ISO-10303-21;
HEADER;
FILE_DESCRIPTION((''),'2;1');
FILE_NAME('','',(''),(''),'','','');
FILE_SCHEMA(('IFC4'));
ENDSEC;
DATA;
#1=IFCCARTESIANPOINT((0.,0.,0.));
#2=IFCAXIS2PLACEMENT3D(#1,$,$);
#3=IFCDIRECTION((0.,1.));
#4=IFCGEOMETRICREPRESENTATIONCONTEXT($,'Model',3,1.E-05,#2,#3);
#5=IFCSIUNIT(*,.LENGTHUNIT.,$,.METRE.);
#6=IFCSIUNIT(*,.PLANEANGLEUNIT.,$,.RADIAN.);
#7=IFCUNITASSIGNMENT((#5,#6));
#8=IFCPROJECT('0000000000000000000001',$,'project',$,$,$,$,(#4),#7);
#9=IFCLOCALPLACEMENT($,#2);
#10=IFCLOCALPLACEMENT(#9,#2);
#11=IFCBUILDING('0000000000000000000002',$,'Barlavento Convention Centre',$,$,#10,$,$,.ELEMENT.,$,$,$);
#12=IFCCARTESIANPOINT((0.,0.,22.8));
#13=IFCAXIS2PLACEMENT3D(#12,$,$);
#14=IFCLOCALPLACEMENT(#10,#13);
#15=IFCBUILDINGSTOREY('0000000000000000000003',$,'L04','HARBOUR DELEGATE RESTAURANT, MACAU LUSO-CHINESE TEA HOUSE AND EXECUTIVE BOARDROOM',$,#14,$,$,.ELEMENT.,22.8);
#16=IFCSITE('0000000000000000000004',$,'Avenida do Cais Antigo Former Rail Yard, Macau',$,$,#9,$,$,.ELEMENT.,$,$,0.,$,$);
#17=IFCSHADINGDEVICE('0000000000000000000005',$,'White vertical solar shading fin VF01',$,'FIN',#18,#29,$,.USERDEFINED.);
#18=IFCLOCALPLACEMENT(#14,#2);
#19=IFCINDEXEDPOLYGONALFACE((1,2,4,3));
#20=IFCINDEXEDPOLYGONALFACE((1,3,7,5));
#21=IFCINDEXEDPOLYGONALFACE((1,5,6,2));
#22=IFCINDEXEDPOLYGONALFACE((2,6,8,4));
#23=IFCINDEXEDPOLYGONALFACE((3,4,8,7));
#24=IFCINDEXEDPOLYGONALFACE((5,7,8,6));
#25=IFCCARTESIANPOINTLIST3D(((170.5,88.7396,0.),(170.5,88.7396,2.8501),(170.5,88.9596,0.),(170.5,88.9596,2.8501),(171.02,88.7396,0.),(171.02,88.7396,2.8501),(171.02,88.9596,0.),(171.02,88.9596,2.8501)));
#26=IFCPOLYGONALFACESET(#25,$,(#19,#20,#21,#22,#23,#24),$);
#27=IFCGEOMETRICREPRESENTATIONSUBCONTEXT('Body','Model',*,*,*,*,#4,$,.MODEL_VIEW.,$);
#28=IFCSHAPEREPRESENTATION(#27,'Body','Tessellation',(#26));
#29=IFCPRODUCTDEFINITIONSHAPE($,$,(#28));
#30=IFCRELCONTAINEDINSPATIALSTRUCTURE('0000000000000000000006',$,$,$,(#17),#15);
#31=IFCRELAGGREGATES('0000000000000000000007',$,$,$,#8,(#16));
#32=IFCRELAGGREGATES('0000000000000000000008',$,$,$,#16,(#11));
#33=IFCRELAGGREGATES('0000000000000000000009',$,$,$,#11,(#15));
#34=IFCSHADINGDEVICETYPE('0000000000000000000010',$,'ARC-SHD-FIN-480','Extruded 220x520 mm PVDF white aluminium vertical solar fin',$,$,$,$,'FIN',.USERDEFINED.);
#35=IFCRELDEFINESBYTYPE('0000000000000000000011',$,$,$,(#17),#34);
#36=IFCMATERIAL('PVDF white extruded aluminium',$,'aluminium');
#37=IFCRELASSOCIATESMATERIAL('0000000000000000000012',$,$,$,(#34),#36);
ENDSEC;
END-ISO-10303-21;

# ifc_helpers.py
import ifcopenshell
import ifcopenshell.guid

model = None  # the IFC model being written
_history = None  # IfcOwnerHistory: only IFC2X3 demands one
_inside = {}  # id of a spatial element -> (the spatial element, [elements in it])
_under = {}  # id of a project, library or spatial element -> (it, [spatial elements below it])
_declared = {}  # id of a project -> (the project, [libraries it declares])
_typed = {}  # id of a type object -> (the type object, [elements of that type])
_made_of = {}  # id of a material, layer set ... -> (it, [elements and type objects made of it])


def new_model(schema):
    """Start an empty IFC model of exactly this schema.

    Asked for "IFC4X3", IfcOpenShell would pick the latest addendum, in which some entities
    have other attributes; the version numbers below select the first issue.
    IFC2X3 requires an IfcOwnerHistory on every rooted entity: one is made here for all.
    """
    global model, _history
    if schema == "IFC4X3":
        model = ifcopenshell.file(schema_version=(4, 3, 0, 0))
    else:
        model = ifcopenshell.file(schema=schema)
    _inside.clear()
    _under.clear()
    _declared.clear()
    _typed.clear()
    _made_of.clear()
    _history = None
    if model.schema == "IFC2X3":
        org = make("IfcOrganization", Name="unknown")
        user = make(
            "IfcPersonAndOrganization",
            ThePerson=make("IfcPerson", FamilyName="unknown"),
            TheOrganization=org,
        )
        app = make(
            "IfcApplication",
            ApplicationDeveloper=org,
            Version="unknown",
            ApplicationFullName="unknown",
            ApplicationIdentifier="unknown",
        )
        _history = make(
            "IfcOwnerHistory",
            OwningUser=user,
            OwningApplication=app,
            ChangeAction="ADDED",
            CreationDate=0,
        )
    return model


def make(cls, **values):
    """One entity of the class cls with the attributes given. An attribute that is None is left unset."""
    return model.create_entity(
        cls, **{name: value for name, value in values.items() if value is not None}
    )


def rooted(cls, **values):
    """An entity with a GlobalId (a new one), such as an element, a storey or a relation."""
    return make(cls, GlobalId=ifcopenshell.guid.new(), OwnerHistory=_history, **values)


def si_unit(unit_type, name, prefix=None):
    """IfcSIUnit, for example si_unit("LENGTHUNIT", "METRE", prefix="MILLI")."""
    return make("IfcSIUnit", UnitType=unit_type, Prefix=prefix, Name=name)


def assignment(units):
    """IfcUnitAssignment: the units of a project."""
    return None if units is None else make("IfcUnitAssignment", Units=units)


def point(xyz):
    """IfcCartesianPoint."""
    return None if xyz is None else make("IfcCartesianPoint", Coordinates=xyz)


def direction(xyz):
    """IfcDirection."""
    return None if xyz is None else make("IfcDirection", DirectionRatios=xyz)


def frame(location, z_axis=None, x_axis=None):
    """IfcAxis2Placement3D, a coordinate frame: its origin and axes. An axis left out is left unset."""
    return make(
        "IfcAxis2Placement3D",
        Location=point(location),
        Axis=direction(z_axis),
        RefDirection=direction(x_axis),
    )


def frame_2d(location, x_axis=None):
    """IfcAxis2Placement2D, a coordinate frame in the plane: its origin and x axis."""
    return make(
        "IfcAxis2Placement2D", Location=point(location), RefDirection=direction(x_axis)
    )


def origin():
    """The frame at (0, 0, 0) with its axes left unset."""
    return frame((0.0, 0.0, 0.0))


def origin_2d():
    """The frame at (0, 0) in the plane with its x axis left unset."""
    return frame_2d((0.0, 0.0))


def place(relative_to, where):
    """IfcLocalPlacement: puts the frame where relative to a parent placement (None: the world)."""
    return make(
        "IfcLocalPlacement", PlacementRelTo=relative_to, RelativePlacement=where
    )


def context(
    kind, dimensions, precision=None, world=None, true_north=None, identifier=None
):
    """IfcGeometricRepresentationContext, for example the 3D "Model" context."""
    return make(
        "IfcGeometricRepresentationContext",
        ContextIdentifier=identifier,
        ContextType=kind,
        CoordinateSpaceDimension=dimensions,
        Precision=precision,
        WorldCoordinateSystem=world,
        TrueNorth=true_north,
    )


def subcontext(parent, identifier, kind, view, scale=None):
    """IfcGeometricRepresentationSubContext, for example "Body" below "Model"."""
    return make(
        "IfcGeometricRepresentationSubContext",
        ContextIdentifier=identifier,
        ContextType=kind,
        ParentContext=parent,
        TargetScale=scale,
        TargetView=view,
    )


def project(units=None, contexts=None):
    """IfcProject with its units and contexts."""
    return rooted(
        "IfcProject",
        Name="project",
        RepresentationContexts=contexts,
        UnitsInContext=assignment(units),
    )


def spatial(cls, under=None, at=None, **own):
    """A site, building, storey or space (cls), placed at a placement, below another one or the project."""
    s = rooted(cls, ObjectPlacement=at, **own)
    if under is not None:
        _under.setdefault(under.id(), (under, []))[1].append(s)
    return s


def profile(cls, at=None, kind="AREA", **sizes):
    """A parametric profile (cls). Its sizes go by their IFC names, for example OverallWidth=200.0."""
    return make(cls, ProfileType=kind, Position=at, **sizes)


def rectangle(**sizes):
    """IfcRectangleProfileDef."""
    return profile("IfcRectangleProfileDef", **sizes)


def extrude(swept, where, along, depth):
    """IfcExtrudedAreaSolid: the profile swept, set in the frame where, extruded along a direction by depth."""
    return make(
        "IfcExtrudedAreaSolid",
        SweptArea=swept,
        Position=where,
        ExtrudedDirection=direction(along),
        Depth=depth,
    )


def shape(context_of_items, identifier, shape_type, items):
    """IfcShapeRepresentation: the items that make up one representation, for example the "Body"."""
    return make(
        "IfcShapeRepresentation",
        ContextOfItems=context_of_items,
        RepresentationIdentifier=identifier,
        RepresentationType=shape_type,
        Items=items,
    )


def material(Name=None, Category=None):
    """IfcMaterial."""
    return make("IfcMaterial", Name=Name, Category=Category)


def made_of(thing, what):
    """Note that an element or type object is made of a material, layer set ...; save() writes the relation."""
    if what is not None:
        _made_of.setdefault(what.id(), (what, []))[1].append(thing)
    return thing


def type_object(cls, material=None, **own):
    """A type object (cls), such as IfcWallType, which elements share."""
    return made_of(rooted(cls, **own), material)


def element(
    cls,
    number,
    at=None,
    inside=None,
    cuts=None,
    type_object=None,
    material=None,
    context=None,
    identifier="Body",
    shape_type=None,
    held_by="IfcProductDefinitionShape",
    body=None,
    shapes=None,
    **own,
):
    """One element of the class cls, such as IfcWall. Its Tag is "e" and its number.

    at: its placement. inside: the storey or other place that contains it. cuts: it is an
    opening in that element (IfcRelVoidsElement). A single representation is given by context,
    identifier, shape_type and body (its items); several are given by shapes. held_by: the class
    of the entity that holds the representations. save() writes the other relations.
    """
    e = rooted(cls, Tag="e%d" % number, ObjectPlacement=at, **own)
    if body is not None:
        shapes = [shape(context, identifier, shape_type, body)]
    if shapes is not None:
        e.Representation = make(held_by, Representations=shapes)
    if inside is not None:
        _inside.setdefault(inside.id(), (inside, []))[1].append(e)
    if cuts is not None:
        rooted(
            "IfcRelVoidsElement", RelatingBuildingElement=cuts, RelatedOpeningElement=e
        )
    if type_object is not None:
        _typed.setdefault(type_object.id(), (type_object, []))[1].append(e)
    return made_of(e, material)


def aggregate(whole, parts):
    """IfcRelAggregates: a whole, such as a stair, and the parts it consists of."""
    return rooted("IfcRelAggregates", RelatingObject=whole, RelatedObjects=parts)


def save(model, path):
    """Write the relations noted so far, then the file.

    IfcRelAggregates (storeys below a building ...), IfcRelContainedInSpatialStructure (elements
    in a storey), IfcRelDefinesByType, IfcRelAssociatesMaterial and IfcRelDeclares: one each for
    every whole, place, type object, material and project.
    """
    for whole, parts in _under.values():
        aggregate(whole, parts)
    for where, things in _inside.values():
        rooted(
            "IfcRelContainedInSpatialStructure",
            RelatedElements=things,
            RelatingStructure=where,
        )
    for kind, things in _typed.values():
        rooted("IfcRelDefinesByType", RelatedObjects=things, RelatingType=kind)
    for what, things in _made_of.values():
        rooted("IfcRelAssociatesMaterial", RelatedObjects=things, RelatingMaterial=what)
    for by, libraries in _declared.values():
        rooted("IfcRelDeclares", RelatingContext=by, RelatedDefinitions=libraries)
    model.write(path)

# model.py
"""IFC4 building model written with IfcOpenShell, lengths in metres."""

from ifc_helpers import new_model, si_unit, direction, frame, origin, origin_2d, place, context, subcontext, project, spatial, rectangle, extrude, material, type_object, element, save


model = new_model("IFC4")

# Units and contexts
model_context = context("Model", 3, precision=1e-05, world=origin(), true_north=direction((0.0, 1.0)))
body_context = subcontext(model_context, "Body", "Model", "MODEL_VIEW")
ifc_project = project(units=[si_unit("LENGTHUNIT", "METRE"), si_unit("PLANEANGLEUNIT", "RADIAN")], contexts=[model_context])

# Site, building, storey
site_placement = place(None, origin())
site = spatial("IfcSite", under=ifc_project, at=site_placement, Name="Avenida do Cais Antigo Former Rail Yard, Macau", CompositionType="ELEMENT", RefElevation=0.0)
building_placement = place(site_placement, origin())
building = spatial("IfcBuilding", under=site, at=building_placement, Name="Barlavento Convention Centre", CompositionType="ELEMENT")
storey_placement = place(building_placement, frame((0.0, 0.0, 22.8)))
storey = spatial("IfcBuildingStorey", under=building, at=storey_placement, Name="L04", Description="HARBOUR DELEGATE RESTAURANT, MACAU LUSO-CHINESE TEA HOUSE AND EXECUTIVE BOARDROOM", CompositionType="ELEMENT", Elevation=22.8)

# Shading device
ifc_material = material(Name="PVDF white extruded aluminium", Category="aluminium")
shading_device_type = type_object("IfcShadingDeviceType", Name="ARC-SHD-FIN-480", Description="Extruded 220x520 mm PVDF white aluminium vertical solar fin", ElementType="FIN", PredefinedType="USERDEFINED", material=ifc_material)
for number, where, z_axis, x_axis, name in (
    (1, (170.76, 88.8496, 0.0), (0.0, 0.0, 1.0), (0.0, 1.0, 0.0), "White vertical solar shading fin VF01"),
):
    element("IfcShadingDevice", number, at=place(storey_placement, frame(where, z_axis=z_axis, x_axis=x_axis)), inside=storey, type_object=shading_device_type, Name=name, ObjectType="FIN", PredefinedType="USERDEFINED", context=body_context, shape_type="SweptSolid", body=[
        extrude(rectangle(XDim=0.22, YDim=0.52, at=origin_2d()), origin(), (0.0, 0.0, 1.0), 2.8501),
    ])

save(model, "model.ifc")
